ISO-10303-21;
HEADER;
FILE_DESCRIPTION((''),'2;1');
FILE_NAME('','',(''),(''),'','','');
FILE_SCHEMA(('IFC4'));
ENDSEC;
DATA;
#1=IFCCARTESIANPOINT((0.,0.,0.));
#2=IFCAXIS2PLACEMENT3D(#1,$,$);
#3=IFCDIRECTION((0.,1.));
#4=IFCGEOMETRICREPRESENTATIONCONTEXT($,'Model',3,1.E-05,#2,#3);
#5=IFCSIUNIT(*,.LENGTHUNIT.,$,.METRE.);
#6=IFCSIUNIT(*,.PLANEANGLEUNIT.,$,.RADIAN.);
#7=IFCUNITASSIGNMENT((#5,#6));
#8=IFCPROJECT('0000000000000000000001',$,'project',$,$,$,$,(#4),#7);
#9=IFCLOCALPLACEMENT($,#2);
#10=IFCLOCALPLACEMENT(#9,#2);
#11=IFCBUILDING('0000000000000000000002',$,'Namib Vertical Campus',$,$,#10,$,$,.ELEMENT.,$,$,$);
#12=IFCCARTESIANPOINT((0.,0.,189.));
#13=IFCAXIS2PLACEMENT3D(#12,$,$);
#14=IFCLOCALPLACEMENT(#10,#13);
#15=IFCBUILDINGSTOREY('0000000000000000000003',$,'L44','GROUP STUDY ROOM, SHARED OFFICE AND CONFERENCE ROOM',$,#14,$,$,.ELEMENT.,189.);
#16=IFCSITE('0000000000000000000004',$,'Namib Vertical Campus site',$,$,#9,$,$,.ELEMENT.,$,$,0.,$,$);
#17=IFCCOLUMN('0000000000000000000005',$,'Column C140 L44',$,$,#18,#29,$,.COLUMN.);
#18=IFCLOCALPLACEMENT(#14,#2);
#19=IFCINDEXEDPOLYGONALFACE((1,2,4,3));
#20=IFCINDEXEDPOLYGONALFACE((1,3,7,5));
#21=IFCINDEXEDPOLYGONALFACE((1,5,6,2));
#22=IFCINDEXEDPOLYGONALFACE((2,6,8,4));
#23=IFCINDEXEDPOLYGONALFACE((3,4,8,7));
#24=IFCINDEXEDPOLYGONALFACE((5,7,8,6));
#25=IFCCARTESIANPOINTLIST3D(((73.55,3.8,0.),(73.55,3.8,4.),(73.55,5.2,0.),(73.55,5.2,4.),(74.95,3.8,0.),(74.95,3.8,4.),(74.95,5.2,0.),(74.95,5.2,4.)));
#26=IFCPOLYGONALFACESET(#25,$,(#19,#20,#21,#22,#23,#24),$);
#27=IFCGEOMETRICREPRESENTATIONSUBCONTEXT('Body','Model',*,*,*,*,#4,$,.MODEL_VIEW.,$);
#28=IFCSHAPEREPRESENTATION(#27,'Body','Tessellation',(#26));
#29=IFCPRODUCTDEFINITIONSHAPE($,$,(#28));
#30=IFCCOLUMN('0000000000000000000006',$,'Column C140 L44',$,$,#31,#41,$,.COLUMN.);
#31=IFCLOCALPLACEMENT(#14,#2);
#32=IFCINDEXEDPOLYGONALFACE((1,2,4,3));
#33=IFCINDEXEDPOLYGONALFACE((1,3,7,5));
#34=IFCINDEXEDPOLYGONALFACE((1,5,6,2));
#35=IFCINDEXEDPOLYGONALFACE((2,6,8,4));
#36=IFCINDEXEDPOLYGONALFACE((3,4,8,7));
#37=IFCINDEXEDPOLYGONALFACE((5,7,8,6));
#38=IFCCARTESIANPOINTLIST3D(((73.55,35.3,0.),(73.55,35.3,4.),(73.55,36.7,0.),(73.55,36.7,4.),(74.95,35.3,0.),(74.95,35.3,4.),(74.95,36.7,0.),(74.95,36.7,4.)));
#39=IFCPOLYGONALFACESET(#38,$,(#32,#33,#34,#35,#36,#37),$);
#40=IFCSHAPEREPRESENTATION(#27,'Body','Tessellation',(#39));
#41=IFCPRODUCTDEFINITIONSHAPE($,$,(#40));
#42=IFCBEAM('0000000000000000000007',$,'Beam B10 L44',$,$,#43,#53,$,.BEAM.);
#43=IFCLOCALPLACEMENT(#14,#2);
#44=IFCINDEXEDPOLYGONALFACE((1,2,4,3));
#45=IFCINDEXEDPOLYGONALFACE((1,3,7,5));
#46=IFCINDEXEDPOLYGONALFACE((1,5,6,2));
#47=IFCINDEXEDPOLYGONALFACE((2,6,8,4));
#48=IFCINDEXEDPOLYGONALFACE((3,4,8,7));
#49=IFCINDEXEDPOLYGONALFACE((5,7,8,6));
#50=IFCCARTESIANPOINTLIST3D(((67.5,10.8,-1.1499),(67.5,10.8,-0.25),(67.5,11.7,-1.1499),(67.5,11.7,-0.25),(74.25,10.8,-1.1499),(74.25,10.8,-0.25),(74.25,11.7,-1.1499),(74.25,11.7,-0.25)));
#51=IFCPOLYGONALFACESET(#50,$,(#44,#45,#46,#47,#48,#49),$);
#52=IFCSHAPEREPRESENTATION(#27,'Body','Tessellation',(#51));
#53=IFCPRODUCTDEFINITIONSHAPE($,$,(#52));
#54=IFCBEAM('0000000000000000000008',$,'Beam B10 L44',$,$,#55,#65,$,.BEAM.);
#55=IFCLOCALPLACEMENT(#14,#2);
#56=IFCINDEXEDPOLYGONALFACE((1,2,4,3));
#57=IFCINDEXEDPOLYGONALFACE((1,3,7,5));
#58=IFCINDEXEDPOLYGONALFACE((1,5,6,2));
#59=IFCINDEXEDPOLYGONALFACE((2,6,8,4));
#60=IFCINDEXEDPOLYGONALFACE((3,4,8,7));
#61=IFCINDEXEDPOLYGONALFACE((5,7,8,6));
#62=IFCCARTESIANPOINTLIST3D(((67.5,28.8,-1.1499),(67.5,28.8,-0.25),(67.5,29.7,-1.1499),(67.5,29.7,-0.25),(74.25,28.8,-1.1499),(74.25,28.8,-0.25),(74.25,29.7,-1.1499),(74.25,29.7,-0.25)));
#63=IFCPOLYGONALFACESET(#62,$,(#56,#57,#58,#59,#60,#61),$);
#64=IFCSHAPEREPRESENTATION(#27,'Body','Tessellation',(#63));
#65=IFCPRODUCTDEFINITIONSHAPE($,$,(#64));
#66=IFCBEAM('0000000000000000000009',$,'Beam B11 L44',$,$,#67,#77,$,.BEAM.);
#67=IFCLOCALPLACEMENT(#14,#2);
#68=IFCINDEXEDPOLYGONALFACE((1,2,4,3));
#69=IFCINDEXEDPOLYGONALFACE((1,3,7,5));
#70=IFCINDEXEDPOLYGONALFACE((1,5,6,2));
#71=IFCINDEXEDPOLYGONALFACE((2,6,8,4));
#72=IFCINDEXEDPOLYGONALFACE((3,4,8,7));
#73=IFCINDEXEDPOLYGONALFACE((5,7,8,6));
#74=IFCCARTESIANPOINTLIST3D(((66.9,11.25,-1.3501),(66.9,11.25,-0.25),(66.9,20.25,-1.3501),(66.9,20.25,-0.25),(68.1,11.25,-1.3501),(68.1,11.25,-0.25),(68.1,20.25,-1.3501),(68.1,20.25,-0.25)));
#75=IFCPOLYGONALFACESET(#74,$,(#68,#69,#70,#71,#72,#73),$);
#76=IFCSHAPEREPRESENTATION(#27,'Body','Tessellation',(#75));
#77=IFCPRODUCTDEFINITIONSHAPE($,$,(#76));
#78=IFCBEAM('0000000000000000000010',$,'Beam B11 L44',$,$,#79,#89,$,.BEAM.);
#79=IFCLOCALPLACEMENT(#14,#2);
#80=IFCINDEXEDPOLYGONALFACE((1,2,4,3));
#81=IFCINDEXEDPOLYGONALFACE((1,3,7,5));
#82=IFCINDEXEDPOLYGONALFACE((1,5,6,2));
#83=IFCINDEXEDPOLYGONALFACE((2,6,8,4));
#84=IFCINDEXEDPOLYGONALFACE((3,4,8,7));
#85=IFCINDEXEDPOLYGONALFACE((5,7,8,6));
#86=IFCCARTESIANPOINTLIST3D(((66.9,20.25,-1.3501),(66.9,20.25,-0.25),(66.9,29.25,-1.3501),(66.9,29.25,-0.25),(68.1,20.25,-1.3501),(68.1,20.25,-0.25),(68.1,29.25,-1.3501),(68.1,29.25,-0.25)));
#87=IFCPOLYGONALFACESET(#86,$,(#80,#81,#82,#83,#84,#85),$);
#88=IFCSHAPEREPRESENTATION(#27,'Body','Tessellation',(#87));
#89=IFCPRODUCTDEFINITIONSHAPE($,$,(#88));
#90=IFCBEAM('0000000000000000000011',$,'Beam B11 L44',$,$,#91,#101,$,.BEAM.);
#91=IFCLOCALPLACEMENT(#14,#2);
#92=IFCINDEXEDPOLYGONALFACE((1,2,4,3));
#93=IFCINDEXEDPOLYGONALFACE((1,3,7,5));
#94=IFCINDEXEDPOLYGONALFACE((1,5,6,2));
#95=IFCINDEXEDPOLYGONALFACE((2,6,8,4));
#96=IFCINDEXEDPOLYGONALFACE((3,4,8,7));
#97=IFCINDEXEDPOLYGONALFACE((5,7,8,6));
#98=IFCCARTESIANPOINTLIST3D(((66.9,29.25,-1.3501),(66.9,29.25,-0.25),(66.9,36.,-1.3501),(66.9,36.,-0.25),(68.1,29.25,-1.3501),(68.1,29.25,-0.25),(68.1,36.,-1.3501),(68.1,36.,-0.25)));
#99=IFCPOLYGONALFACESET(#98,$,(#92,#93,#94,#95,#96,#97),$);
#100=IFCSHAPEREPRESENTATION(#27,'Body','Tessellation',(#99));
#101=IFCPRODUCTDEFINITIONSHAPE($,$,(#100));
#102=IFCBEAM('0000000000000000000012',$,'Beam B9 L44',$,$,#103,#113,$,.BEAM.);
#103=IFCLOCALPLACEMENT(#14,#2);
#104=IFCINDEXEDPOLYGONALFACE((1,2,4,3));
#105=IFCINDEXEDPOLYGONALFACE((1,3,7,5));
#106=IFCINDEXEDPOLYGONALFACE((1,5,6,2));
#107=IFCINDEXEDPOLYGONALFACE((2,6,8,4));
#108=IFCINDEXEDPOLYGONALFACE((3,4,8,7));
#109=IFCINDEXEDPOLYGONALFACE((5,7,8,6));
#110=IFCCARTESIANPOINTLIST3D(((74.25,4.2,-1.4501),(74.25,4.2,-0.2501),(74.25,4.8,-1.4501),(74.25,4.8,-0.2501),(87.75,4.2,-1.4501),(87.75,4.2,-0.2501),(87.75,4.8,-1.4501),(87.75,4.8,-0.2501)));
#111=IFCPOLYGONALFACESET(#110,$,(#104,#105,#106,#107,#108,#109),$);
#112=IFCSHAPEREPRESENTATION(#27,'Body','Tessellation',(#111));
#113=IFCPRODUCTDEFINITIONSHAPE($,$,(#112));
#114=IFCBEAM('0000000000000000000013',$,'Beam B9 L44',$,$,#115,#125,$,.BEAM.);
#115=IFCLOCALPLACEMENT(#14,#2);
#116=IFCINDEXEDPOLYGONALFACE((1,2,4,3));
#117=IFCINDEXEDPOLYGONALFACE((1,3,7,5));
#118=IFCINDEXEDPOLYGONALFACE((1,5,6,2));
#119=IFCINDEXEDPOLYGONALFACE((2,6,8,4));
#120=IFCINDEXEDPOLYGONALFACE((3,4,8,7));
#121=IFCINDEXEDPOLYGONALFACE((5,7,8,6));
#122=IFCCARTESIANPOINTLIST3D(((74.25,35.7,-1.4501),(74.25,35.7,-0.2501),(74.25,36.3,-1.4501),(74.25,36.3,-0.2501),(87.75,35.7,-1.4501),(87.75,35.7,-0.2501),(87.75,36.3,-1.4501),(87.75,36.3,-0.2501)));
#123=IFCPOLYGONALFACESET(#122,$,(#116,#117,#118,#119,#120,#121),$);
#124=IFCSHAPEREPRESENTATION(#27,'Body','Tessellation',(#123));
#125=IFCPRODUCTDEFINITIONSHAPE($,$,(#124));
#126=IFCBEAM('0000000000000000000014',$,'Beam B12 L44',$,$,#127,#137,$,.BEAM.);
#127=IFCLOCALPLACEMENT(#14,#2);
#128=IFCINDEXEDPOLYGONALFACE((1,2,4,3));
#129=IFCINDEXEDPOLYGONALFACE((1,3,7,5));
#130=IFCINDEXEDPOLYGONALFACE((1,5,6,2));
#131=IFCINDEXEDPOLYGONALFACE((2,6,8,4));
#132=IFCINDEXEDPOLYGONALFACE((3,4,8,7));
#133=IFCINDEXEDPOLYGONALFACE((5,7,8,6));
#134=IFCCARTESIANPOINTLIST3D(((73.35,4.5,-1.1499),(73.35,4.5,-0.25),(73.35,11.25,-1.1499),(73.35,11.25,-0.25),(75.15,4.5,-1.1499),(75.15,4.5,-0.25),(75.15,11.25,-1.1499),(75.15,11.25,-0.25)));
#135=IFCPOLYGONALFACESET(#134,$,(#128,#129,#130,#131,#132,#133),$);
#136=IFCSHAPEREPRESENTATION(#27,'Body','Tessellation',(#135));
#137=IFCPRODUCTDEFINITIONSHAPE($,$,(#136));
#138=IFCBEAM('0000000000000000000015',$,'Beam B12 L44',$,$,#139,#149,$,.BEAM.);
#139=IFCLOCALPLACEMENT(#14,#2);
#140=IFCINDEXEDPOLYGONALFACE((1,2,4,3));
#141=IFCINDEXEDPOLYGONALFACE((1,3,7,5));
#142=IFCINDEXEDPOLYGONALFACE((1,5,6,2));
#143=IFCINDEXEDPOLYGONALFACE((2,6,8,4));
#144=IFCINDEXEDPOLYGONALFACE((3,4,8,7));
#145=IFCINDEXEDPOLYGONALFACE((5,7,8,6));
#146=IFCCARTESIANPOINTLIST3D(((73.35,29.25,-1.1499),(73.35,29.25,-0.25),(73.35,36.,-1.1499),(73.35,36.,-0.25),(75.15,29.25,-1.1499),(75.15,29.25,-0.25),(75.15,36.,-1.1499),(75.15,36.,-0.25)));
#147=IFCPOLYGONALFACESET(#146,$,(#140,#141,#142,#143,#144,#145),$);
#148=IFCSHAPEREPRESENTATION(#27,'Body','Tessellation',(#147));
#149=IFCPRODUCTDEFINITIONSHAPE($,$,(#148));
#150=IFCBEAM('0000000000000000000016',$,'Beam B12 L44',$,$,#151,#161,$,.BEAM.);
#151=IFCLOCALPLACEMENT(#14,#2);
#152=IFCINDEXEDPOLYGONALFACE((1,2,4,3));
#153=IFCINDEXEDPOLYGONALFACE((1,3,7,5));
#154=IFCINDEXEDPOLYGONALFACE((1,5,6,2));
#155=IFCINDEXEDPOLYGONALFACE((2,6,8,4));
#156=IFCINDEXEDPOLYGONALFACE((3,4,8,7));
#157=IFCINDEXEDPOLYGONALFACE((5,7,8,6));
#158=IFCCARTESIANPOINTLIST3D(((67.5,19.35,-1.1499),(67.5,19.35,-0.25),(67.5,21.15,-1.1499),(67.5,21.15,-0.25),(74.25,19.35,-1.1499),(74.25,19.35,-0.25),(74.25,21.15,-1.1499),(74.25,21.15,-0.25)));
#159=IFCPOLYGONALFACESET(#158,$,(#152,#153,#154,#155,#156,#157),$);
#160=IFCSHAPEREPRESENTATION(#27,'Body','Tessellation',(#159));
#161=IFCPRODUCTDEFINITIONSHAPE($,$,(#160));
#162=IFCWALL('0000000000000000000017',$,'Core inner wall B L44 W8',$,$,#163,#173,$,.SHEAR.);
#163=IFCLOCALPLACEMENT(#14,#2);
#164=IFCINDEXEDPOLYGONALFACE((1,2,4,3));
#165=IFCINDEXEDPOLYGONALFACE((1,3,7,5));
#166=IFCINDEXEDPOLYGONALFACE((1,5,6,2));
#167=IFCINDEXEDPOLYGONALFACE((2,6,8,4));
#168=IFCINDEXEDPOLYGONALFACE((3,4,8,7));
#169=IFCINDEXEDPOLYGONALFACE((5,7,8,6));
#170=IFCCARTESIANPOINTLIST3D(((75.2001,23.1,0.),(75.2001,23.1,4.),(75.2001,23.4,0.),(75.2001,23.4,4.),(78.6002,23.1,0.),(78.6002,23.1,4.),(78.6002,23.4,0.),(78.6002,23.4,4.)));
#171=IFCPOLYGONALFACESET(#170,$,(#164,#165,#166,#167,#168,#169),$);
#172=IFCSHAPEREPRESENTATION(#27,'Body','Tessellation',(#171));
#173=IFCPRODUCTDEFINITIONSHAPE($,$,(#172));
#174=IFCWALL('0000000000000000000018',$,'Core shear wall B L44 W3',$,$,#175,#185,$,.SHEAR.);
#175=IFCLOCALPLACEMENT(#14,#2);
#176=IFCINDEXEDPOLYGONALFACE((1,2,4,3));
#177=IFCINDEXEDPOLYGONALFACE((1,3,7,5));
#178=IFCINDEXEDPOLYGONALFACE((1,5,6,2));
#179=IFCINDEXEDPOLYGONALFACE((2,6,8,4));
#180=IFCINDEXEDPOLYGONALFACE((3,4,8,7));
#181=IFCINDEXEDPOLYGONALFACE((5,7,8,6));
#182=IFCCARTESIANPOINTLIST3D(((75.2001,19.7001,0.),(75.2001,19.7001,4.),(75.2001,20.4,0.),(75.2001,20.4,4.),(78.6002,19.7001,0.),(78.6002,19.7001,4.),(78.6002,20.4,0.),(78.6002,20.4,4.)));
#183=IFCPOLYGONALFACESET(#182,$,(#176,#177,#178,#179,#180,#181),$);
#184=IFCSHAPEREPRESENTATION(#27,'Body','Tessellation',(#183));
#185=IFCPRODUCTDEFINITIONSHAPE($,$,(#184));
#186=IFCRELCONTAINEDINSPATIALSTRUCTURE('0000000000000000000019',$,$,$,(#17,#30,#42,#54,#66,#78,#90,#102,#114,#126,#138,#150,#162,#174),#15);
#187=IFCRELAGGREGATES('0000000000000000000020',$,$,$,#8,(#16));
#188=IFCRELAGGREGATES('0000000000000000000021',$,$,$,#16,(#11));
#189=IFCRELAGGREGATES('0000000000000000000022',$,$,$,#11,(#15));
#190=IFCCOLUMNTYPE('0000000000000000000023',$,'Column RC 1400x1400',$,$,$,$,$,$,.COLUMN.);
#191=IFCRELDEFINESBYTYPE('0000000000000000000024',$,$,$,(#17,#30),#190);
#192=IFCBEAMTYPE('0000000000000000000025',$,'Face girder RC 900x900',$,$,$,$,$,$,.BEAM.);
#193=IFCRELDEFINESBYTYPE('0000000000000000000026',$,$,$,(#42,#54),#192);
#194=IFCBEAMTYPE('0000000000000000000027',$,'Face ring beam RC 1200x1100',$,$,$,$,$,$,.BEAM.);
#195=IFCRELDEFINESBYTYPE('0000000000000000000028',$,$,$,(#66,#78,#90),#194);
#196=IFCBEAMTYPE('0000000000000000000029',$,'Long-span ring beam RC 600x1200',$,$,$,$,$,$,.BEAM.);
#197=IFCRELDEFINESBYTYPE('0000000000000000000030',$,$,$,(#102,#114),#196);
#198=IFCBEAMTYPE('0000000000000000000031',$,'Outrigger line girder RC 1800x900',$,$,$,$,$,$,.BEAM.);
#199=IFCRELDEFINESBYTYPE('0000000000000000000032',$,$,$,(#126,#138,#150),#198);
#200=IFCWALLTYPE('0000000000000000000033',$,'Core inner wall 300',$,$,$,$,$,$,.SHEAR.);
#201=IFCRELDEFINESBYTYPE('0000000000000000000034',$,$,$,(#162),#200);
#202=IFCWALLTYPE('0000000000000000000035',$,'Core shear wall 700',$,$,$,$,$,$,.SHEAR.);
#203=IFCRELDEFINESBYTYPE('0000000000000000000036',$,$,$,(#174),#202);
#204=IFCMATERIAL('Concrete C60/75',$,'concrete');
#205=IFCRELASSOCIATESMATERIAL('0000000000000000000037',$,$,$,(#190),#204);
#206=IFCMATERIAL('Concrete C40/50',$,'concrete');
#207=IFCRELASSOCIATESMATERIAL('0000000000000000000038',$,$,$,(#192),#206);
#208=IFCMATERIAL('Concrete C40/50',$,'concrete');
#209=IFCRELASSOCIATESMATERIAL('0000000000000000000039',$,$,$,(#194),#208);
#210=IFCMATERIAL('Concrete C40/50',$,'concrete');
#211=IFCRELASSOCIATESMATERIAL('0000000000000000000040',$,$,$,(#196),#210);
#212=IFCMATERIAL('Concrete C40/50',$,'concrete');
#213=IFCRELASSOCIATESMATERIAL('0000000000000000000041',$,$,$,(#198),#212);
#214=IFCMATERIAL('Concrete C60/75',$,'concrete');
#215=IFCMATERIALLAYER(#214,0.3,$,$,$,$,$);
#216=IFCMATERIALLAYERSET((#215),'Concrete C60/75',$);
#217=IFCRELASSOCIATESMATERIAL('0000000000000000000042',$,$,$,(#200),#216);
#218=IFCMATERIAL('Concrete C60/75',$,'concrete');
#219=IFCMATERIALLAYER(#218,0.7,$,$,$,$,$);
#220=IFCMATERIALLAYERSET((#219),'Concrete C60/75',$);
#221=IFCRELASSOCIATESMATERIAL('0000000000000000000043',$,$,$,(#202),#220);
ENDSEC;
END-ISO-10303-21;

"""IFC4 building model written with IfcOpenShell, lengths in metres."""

from ifc_helpers import new_model, si_unit, direction, frame, frame_2d, origin, origin_2d, place, context, subcontext, project, spatial, rectangle, extrude, material, layer, layer_set, material_profile, profile_set, type_object, element, save


model = new_model("IFC4")

# Units and contexts
model_context = context("Model", 3, precision=1e-05, world=origin(), true_north=direction((0.0, 1.0)))
body_context = subcontext(model_context, "Body", "Model", "MODEL_VIEW")
ifc_project = project(units=[si_unit("LENGTHUNIT", "METRE"), si_unit("PLANEANGLEUNIT", "RADIAN")], contexts=[model_context])

# Site, building, storey
site_placement = place(None, origin())
site = spatial("IfcSite", under=ifc_project, at=site_placement, Name="Namib Vertical Campus site", CompositionType="ELEMENT", RefElevation=0.0)
building_placement = place(site_placement, origin())
building = spatial("IfcBuilding", under=site, at=building_placement, Name="Namib Vertical Campus", CompositionType="ELEMENT")
storey_placement = place(building_placement, frame((0.0, 0.0, 189.0)))
storey = spatial("IfcBuildingStorey", under=building, at=storey_placement, Name="L44", Description="GROUP STUDY ROOM, SHARED OFFICE AND CONFERENCE ROOM", CompositionType="ELEMENT", Elevation=189.0)

# Columns
ifc_material_1 = material(Name="Concrete C60/75", Category="concrete")
ifc_material_profile_1 = material_profile(ifc_material_1, rectangle(XDim=1.3999, YDim=1.3999, at=origin_2d()))
ifc_profile_set_1 = profile_set([ifc_material_profile_1], Name="Concrete C60/75")
column_type = type_object("IfcColumnType", Name="Column RC 1400x1400", PredefinedType="COLUMN", material=ifc_profile_set_1)
for number, where, z_axis, x_axis, name in (
    (1, (74.25, 4.5, 0.0), (0.0, 0.0, 1.0), (1.0, 0.0, 0.0), "Column C140 L44"),
    (2, (74.25, 36.0, 0.0), (0.0, 0.0, 1.0), (1.0, 0.0, 0.0), "Column C140 L44"),
):
    element("IfcColumn", number, at=place(storey_placement, frame(where, z_axis=z_axis, x_axis=x_axis)), inside=storey, type_object=column_type, Name=name, PredefinedType="COLUMN", context=body_context, shape_type="SweptSolid", body=[
        extrude(rectangle(XDim=1.3999, YDim=1.3999, at=origin_2d()), origin(), (0.0, 0.0, 1.0), 4.0),
    ])

# Beams
ifc_material_2 = material(Name="Concrete C40/50", Category="concrete")
ifc_material_profile_2 = material_profile(ifc_material_2, rectangle(XDim=0.8999, YDim=0.8999, at=origin_2d()))
ifc_profile_set_2 = profile_set([ifc_material_profile_2], Name="Concrete C40/50")
beam_type_1 = type_object("IfcBeamType", Name="Face girder RC 900x900", PredefinedType="BEAM", material=ifc_profile_set_2)
for number, where, z_axis, x_axis, name in (
    (3, (67.5, 11.25, -0.7), (1.0, 0.0, 0.0), (0.0, 1.0, 0.0), "Beam B10 L44"),
    (4, (67.5, 29.25, -0.7), (1.0, 0.0, 0.0), (0.0, 1.0, 0.0), "Beam B10 L44"),
):
    element("IfcBeam", number, at=place(storey_placement, frame(where, z_axis=z_axis, x_axis=x_axis)), inside=storey, type_object=beam_type_1, Name=name, PredefinedType="BEAM", context=body_context, shape_type="SweptSolid", body=[
        extrude(rectangle(XDim=0.8999, YDim=0.8999, at=origin_2d()), origin(), (0.0, 0.0, 1.0), 6.75),
    ])
ifc_material_3 = material(Name="Concrete C40/50", Category="concrete")
ifc_material_profile_3 = material_profile(ifc_material_3, rectangle(XDim=1.2, YDim=1.1001, at=origin_2d()))
ifc_profile_set_3 = profile_set([ifc_material_profile_3], Name="Concrete C40/50")
beam_type_2 = type_object("IfcBeamType", Name="Face ring beam RC 1200x1100", PredefinedType="BEAM", material=ifc_profile_set_3)
for number, where, z_axis, x_axis, name in (
    (5, (67.5, 11.25, -0.8), (0.0, 1.0, 0.0), (-1.0, 0.0, 0.0), "Beam B11 L44"),
    (6, (67.5, 20.25, -0.8), (0.0, 1.0, 0.0), (-1.0, 0.0, 0.0), "Beam B11 L44"),
):
    element("IfcBeam", number, at=place(storey_placement, frame(where, z_axis=z_axis, x_axis=x_axis)), inside=storey, type_object=beam_type_2, Name=name, PredefinedType="BEAM", context=body_context, shape_type="SweptSolid", body=[
        extrude(rectangle(XDim=1.2, YDim=1.1001, at=origin_2d()), origin(), (0.0, 0.0, 1.0), 9.0),
    ])
beam_placement = place(storey_placement, frame((67.5, 29.25, -0.8), z_axis=(0.0, 1.0, 0.0), x_axis=(-1.0, 0.0, 0.0)))
element("IfcBeam", 7, at=beam_placement, inside=storey, type_object=beam_type_2, Name="Beam B11 L44", PredefinedType="BEAM", context=body_context, shape_type="SweptSolid", body=[
    extrude(rectangle(XDim=1.2, YDim=1.1001, at=origin_2d()), origin(), (0.0, 0.0, 1.0), 6.75),
])
ifc_material_4 = material(Name="Concrete C40/50", Category="concrete")
ifc_material_profile_4 = material_profile(ifc_material_4, rectangle(XDim=0.6001, YDim=1.2, at=origin_2d()))
ifc_profile_set_4 = profile_set([ifc_material_profile_4], Name="Concrete C40/50")
beam_type_3 = type_object("IfcBeamType", Name="Long-span ring beam RC 600x1200", PredefinedType="BEAM", material=ifc_profile_set_4)
for number, where, z_axis, x_axis, name in (
    (8, (74.25, 4.5, -0.8501), (1.0, 0.0, 0.0), (0.0, 1.0, 0.0), "Beam B9 L44"),
    (9, (74.25, 36.0, -0.8501), (1.0, 0.0, 0.0), (0.0, 1.0, 0.0), "Beam B9 L44"),
):
    element("IfcBeam", number, at=place(storey_placement, frame(where, z_axis=z_axis, x_axis=x_axis)), inside=storey, type_object=beam_type_3, Name=name, PredefinedType="BEAM", context=body_context, shape_type="SweptSolid", body=[
        extrude(rectangle(XDim=0.6001, YDim=1.2, at=origin_2d()), origin(), (0.0, 0.0, 1.0), 13.5),
    ])
ifc_material_5 = material(Name="Concrete C40/50", Category="concrete")
ifc_material_profile_5 = material_profile(ifc_material_5, rectangle(XDim=1.8, YDim=0.8999, at=origin_2d()))
ifc_profile_set_5 = profile_set([ifc_material_profile_5], Name="Concrete C40/50")
beam_type_4 = type_object("IfcBeamType", Name="Outrigger line girder RC 1800x900", PredefinedType="BEAM", material=ifc_profile_set_5)
for number, where, z_axis, x_axis, name in (
    (10, (74.25, 4.5, -0.7), (0.0, 1.0, 0.0), (-1.0, 0.0, 0.0), "Beam B12 L44"),
    (11, (74.25, 36.0, -0.7), (0.0, -1.0, 0.0), (1.0, 0.0, 0.0), "Beam B12 L44"),
    (12, (67.5, 20.25, -0.7), (1.0, 0.0, 0.0), (0.0, 1.0, 0.0), "Beam B12 L44"),
):
    element("IfcBeam", number, at=place(storey_placement, frame(where, z_axis=z_axis, x_axis=x_axis)), inside=storey, type_object=beam_type_4, Name=name, PredefinedType="BEAM", context=body_context, shape_type="SweptSolid", body=[
        extrude(rectangle(XDim=1.8, YDim=0.8999, at=origin_2d()), origin(), (0.0, 0.0, 1.0), 6.75),
    ])

# Walls
ifc_material_6 = material(Name="Concrete C60/75", Category="concrete")
ifc_layer_1 = layer(ifc_material_6, 0.3)
ifc_layer_set_1 = layer_set([ifc_layer_1], Name="Concrete C60/75")
wall_type_1 = type_object("IfcWallType", Name="Core inner wall 300", PredefinedType="SHEAR", material=ifc_layer_set_1)
wall_1_placement = place(storey_placement, frame((75.2, 23.25, 0.0), z_axis=(0.0, 0.0, 1.0), x_axis=(1.0, 0.0, 0.0)))
element("IfcWall", 13, at=wall_1_placement, inside=storey, type_object=wall_type_1, Name="Core inner wall B L44 W8", PredefinedType="SHEAR", context=body_context, shape_type="SweptSolid", body=[
    extrude(rectangle(XDim=3.4001, YDim=0.3, at=frame_2d((1.7002, 0.0))), origin(), (0.0, 0.0, 1.0), 4.0),
])
ifc_material_7 = material(Name="Concrete C60/75", Category="concrete")
ifc_layer_2 = layer(ifc_material_7, 0.7)
ifc_layer_set_2 = layer_set([ifc_layer_2], Name="Concrete C60/75")
wall_type_2 = type_object("IfcWallType", Name="Core shear wall 700", PredefinedType="SHEAR", material=ifc_layer_set_2)
wall_2_placement = place(storey_placement, frame((75.2, 20.05, 0.0), z_axis=(0.0, 0.0, 1.0), x_axis=(1.0, 0.0, 0.0)))
element("IfcWall", 14, at=wall_2_placement, inside=storey, type_object=wall_type_2, Name="Core shear wall B L44 W3", PredefinedType="SHEAR", context=body_context, shape_type="SweptSolid", body=[
    extrude(rectangle(XDim=3.4001, YDim=0.7, at=frame_2d((1.7002, 0.0))), origin(), (0.0, 0.0, 1.0), 4.0),
])

save(model, "model.ifc")
